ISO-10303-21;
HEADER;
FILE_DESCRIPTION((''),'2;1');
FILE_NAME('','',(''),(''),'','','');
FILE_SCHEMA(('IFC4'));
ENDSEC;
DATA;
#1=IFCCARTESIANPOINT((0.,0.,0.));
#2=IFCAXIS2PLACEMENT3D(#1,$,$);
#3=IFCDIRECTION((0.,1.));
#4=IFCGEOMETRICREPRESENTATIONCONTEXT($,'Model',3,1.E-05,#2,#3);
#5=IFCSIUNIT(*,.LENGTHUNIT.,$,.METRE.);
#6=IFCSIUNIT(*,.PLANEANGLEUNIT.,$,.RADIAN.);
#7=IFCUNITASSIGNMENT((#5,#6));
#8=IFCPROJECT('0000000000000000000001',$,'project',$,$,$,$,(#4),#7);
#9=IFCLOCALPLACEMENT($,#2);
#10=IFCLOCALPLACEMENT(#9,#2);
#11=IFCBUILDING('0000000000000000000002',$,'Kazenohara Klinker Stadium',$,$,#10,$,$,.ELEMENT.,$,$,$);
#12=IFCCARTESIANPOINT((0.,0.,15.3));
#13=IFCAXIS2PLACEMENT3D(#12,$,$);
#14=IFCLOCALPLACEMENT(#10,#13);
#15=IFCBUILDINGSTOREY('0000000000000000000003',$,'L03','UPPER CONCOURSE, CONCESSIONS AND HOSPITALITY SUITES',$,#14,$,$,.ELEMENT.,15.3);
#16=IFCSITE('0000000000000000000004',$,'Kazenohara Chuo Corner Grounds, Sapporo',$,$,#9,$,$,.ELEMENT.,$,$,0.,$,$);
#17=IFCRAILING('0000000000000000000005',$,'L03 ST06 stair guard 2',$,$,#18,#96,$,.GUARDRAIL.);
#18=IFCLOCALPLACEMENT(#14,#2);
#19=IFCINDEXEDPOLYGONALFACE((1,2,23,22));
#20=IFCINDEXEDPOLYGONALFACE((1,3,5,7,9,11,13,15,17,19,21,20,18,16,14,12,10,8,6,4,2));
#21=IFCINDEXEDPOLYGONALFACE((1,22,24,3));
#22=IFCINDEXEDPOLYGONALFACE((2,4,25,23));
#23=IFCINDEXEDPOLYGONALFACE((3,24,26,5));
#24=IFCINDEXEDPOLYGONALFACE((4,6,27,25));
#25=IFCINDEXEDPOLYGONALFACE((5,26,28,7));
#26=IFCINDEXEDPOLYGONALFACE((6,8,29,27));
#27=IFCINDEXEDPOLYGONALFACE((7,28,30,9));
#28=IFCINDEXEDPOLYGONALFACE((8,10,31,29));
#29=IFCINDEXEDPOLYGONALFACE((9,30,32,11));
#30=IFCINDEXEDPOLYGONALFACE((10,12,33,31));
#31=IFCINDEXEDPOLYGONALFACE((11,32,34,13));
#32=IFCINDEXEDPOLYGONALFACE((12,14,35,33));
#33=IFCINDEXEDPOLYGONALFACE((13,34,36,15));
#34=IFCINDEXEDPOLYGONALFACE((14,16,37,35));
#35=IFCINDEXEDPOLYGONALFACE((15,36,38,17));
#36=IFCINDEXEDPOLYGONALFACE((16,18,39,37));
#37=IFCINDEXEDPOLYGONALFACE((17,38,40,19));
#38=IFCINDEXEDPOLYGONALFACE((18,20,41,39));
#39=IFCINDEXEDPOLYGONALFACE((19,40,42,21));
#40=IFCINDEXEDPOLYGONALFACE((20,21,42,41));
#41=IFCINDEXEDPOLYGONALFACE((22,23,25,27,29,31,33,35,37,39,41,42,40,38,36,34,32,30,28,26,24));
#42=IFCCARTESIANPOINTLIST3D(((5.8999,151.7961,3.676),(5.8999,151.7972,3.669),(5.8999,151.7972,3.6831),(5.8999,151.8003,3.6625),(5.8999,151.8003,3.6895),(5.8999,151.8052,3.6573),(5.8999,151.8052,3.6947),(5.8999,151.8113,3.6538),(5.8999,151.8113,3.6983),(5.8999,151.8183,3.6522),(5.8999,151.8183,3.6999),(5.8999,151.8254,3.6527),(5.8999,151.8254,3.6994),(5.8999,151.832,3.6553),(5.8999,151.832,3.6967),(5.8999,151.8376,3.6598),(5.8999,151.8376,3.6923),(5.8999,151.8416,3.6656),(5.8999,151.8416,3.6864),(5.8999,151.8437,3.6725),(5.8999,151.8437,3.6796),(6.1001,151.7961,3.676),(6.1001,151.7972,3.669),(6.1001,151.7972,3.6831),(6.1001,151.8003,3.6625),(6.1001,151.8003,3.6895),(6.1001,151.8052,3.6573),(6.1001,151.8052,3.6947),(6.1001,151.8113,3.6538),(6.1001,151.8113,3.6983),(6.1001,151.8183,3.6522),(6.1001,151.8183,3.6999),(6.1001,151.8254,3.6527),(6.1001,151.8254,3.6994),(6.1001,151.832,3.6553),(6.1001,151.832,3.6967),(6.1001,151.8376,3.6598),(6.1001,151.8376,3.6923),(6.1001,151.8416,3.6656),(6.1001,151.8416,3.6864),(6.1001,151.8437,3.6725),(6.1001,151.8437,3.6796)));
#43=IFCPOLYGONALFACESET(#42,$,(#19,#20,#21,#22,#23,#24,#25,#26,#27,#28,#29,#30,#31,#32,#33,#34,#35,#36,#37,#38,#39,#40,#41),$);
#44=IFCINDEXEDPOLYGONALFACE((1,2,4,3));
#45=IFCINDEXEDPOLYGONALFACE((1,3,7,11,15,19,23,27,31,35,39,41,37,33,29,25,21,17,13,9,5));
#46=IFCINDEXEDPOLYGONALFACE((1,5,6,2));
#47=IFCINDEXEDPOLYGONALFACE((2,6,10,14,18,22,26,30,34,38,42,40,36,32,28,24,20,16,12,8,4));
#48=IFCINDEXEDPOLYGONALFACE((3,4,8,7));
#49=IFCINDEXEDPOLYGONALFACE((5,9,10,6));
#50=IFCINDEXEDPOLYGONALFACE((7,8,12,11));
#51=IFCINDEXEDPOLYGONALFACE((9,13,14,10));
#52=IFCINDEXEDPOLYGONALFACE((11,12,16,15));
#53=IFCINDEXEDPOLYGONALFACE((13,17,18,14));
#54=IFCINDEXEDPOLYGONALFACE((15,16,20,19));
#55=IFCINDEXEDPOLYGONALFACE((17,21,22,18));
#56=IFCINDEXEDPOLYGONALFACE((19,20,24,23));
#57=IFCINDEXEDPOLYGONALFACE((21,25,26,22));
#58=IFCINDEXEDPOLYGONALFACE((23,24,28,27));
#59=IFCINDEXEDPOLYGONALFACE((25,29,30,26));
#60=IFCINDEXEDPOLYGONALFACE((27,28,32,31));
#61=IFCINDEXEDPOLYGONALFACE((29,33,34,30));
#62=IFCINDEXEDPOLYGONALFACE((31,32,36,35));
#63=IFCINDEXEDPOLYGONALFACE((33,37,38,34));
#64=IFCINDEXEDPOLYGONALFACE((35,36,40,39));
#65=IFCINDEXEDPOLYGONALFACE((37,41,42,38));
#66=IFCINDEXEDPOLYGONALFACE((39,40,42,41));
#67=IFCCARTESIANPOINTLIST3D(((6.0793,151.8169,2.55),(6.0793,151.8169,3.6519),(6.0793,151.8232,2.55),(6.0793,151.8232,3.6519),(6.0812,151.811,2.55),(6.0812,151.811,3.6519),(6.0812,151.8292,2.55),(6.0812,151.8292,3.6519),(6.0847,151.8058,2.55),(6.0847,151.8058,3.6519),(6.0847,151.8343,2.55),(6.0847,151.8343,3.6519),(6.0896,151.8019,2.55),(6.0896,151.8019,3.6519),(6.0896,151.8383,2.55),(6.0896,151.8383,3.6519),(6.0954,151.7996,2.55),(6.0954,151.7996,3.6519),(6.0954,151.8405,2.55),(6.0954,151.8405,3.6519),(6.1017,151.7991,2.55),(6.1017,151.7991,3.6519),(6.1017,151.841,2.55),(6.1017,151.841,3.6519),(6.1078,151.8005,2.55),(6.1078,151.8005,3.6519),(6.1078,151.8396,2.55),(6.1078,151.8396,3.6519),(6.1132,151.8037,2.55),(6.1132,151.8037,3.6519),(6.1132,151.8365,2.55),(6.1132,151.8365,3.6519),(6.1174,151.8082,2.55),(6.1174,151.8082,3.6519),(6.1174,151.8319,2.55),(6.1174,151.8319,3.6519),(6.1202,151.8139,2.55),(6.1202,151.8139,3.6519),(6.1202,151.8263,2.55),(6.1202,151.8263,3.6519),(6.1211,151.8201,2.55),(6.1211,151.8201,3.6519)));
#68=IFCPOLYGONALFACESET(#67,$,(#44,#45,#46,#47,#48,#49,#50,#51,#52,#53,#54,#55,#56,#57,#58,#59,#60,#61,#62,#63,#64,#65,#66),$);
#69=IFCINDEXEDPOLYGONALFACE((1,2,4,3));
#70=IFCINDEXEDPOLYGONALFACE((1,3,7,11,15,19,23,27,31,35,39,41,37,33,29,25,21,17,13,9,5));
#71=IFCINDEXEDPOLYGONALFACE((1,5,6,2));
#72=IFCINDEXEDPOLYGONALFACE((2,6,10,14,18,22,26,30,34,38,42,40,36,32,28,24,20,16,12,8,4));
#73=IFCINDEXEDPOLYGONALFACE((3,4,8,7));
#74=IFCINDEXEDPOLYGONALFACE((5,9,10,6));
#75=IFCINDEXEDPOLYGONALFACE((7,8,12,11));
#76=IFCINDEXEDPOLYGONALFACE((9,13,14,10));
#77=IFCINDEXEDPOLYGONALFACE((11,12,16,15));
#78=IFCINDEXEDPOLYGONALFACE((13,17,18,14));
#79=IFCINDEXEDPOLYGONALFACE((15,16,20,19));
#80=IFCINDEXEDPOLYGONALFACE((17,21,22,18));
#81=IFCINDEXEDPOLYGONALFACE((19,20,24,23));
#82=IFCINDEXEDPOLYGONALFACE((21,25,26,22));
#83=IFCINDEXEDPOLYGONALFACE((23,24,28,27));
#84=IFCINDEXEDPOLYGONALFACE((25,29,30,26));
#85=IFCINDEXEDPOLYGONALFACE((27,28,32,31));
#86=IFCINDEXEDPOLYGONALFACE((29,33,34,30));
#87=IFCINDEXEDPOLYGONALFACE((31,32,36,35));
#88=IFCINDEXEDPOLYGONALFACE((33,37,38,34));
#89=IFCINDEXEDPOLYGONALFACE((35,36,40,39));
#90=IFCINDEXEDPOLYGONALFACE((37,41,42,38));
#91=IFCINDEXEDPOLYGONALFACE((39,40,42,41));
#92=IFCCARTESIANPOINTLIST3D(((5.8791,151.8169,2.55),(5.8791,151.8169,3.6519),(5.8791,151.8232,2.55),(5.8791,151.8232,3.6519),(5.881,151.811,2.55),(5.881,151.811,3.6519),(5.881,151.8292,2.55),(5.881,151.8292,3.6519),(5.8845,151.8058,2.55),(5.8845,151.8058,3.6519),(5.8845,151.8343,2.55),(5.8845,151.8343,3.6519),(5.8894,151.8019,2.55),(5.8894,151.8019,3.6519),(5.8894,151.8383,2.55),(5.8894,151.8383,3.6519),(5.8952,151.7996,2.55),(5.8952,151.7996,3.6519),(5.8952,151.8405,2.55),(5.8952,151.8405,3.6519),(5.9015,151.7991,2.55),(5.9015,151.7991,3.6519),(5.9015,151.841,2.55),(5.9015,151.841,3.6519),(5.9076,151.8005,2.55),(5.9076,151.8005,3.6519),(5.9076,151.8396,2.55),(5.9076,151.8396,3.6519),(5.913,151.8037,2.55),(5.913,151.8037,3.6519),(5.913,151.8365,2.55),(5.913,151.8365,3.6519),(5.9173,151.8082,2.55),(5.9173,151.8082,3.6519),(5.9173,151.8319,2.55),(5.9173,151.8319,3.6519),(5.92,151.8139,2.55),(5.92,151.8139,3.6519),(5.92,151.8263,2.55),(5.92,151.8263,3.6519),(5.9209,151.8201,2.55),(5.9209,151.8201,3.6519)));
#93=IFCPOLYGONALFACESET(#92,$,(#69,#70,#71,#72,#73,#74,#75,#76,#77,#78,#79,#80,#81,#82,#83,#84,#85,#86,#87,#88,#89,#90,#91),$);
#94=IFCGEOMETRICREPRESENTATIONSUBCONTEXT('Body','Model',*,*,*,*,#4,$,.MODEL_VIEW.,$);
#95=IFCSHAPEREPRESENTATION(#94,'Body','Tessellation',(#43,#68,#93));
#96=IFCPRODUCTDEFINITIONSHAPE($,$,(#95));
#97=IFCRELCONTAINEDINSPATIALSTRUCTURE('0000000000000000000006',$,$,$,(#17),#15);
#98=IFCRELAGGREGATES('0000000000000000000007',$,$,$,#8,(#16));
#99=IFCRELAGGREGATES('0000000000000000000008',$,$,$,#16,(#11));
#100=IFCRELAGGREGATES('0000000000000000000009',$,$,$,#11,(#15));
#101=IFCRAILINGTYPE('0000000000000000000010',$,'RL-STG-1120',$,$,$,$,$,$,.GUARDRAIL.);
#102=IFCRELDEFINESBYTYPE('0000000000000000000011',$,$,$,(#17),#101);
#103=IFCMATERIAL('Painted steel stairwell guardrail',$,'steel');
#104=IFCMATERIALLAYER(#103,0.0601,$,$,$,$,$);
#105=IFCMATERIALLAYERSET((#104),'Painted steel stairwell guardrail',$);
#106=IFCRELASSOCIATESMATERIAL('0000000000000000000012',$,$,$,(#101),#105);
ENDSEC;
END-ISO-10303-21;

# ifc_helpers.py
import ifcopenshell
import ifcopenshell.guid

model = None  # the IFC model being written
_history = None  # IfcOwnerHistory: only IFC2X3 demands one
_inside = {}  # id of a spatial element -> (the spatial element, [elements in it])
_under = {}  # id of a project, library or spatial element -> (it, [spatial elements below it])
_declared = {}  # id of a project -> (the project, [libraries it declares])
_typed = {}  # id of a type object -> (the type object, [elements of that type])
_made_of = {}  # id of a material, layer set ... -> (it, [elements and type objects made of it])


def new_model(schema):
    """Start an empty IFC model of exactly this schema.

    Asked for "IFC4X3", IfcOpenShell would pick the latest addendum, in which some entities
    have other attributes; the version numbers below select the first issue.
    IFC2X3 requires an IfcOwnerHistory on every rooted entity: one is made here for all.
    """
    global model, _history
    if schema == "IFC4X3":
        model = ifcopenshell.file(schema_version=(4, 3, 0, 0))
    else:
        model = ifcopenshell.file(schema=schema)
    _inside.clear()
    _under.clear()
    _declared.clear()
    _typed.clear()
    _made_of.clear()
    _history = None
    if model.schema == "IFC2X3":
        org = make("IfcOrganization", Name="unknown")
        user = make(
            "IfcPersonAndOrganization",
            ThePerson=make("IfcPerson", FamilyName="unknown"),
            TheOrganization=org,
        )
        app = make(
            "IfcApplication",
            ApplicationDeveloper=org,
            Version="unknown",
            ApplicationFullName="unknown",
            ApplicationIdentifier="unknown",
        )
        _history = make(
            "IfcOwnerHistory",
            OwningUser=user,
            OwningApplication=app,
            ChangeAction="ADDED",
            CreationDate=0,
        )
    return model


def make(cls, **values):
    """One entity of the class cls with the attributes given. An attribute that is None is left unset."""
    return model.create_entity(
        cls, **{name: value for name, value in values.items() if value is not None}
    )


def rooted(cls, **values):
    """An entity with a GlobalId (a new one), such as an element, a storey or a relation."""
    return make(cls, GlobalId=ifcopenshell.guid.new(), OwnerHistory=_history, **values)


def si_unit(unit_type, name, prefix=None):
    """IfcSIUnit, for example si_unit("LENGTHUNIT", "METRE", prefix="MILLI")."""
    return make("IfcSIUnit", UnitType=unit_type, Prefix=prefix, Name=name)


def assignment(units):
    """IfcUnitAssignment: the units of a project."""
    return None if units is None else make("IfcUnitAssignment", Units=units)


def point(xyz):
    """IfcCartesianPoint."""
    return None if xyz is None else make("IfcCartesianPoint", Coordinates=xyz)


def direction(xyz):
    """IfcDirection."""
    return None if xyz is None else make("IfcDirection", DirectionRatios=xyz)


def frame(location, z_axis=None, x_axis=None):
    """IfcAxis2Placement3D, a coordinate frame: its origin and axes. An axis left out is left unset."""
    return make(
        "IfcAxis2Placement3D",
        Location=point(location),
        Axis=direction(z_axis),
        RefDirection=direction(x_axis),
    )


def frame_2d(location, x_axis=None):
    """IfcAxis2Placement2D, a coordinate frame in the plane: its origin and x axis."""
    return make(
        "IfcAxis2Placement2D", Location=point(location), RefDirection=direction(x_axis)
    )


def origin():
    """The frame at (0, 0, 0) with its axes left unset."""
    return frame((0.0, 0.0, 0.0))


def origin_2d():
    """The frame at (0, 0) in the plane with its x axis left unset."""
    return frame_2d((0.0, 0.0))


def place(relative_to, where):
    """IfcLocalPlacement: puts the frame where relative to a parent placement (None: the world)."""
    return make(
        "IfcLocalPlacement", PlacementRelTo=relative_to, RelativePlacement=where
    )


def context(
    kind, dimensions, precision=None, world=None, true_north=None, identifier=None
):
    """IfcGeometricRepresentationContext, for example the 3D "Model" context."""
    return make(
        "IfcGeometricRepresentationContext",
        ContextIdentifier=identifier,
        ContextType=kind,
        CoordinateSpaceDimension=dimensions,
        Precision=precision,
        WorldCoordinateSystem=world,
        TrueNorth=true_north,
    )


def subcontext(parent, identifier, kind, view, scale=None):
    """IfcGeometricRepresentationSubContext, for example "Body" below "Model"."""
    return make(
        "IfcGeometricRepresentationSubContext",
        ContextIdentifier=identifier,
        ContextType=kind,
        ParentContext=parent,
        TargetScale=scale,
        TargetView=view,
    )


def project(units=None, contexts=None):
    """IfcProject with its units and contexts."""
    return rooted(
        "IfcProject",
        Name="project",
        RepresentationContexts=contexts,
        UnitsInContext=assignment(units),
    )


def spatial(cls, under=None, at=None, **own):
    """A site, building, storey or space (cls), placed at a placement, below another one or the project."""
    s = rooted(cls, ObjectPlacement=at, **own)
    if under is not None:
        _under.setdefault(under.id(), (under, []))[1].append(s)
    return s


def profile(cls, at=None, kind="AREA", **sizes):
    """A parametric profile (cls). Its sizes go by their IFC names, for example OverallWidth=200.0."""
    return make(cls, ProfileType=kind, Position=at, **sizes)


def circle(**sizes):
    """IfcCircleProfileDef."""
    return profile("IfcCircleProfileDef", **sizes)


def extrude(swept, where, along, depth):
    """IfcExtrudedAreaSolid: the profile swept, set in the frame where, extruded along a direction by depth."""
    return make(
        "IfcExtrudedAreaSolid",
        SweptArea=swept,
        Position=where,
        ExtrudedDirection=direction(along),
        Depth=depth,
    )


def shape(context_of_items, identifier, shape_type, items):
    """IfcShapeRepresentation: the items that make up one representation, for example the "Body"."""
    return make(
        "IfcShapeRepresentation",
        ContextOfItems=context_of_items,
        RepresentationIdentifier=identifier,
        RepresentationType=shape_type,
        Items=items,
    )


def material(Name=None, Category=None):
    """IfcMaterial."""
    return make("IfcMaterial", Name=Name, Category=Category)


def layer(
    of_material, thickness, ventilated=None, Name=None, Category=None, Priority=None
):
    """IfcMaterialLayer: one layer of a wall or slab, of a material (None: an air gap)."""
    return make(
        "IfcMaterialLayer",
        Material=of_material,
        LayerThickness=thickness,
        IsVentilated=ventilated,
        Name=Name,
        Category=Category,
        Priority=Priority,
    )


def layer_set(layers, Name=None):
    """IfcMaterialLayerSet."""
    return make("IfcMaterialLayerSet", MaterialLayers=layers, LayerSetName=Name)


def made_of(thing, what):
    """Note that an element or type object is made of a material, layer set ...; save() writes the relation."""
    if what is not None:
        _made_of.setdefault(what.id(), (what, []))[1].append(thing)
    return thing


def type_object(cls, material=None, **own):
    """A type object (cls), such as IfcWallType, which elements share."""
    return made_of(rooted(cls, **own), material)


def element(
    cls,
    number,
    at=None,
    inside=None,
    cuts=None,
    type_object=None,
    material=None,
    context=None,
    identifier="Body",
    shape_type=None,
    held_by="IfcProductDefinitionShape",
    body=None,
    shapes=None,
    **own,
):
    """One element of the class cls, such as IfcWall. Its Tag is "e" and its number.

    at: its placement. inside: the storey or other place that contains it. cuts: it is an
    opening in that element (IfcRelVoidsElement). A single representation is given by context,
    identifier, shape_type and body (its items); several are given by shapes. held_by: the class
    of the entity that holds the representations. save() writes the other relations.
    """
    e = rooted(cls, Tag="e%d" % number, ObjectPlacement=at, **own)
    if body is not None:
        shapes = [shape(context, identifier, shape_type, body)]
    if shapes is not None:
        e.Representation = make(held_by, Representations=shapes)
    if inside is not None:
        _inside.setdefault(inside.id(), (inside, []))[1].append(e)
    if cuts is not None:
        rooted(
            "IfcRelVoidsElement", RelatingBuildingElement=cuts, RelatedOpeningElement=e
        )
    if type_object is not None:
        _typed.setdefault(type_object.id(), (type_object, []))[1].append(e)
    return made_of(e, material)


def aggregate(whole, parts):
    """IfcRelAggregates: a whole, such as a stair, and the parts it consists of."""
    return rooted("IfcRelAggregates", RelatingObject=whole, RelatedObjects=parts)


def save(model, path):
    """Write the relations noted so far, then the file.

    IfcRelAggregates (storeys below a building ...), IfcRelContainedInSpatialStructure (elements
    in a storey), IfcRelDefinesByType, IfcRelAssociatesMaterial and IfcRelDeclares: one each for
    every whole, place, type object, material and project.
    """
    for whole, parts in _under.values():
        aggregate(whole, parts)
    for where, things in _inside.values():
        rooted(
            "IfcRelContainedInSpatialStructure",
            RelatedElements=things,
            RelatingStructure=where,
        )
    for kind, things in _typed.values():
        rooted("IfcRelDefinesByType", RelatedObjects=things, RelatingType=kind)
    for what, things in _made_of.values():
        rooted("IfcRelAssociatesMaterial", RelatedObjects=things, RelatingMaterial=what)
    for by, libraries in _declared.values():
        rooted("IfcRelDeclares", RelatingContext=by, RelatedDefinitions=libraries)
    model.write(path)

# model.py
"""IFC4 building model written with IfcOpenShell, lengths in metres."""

from ifc_helpers import new_model, si_unit, direction, frame, origin, origin_2d, place, context, subcontext, project, spatial, circle, extrude, material, layer, layer_set, type_object, element, save


model = new_model("IFC4")

# Units and contexts
model_context = context("Model", 3, precision=1e-05, world=origin(), true_north=direction((0.0, 1.0)))
body_context = subcontext(model_context, "Body", "Model", "MODEL_VIEW")
ifc_project = project(units=[si_unit("LENGTHUNIT", "METRE"), si_unit("PLANEANGLEUNIT", "RADIAN")], contexts=[model_context])

# Site, building, storey
site_placement = place(None, origin())
site = spatial("IfcSite", under=ifc_project, at=site_placement, Name="Kazenohara Chuo Corner Grounds, Sapporo", CompositionType="ELEMENT", RefElevation=0.0)
building_placement = place(site_placement, origin())
building = spatial("IfcBuilding", under=site, at=building_placement, Name="Kazenohara Klinker Stadium", CompositionType="ELEMENT")
storey_placement = place(building_placement, frame((0.0, 0.0, 15.3)))
storey = spatial("IfcBuildingStorey", under=building, at=storey_placement, Name="L03", Description="UPPER CONCOURSE, CONCESSIONS AND HOSPITALITY SUITES", CompositionType="ELEMENT", Elevation=15.3)

# Railing
ifc_material_1 = material(Name="Painted steel stairwell guardrail", Category="steel")
ifc_layer_1 = layer(ifc_material_1, 0.0601)
ifc_layer_set_1 = layer_set([ifc_layer_1], Name="Painted steel stairwell guardrail")
railing_type_1 = type_object("IfcRailingType", Name="RL-STG-1120", PredefinedType="GUARDRAIL", material=ifc_layer_set_1)
railing_1_placement = place(storey_placement, frame((6.1001, 151.8201, 2.55)))
element("IfcRailing", 1, at=railing_1_placement, inside=storey, type_object=railing_type_1, Name="L03 ST06 stair guard 2", PredefinedType="GUARDRAIL", context=body_context, shape_type="SweptSolid", body=[
    extrude(circle(Radius=0.0239, at=origin_2d()), frame((0.0, 0.0, 1.126), z_axis=(-1.0, 0.0, 0.0), x_axis=(0.0, -1.0, 0.0)), (0.0, 0.0, 1.0), 0.2002),
    extrude(circle(Radius=0.021, at=origin_2d()), origin(), (0.0, 0.0, 1.0), 1.1018),
    extrude(circle(Radius=0.021, at=origin_2d()), frame((-0.2002, 0.0, 0.0)), (0.0, 0.0, 1.0), 1.1018),
])

save(model, "model.ifc")
